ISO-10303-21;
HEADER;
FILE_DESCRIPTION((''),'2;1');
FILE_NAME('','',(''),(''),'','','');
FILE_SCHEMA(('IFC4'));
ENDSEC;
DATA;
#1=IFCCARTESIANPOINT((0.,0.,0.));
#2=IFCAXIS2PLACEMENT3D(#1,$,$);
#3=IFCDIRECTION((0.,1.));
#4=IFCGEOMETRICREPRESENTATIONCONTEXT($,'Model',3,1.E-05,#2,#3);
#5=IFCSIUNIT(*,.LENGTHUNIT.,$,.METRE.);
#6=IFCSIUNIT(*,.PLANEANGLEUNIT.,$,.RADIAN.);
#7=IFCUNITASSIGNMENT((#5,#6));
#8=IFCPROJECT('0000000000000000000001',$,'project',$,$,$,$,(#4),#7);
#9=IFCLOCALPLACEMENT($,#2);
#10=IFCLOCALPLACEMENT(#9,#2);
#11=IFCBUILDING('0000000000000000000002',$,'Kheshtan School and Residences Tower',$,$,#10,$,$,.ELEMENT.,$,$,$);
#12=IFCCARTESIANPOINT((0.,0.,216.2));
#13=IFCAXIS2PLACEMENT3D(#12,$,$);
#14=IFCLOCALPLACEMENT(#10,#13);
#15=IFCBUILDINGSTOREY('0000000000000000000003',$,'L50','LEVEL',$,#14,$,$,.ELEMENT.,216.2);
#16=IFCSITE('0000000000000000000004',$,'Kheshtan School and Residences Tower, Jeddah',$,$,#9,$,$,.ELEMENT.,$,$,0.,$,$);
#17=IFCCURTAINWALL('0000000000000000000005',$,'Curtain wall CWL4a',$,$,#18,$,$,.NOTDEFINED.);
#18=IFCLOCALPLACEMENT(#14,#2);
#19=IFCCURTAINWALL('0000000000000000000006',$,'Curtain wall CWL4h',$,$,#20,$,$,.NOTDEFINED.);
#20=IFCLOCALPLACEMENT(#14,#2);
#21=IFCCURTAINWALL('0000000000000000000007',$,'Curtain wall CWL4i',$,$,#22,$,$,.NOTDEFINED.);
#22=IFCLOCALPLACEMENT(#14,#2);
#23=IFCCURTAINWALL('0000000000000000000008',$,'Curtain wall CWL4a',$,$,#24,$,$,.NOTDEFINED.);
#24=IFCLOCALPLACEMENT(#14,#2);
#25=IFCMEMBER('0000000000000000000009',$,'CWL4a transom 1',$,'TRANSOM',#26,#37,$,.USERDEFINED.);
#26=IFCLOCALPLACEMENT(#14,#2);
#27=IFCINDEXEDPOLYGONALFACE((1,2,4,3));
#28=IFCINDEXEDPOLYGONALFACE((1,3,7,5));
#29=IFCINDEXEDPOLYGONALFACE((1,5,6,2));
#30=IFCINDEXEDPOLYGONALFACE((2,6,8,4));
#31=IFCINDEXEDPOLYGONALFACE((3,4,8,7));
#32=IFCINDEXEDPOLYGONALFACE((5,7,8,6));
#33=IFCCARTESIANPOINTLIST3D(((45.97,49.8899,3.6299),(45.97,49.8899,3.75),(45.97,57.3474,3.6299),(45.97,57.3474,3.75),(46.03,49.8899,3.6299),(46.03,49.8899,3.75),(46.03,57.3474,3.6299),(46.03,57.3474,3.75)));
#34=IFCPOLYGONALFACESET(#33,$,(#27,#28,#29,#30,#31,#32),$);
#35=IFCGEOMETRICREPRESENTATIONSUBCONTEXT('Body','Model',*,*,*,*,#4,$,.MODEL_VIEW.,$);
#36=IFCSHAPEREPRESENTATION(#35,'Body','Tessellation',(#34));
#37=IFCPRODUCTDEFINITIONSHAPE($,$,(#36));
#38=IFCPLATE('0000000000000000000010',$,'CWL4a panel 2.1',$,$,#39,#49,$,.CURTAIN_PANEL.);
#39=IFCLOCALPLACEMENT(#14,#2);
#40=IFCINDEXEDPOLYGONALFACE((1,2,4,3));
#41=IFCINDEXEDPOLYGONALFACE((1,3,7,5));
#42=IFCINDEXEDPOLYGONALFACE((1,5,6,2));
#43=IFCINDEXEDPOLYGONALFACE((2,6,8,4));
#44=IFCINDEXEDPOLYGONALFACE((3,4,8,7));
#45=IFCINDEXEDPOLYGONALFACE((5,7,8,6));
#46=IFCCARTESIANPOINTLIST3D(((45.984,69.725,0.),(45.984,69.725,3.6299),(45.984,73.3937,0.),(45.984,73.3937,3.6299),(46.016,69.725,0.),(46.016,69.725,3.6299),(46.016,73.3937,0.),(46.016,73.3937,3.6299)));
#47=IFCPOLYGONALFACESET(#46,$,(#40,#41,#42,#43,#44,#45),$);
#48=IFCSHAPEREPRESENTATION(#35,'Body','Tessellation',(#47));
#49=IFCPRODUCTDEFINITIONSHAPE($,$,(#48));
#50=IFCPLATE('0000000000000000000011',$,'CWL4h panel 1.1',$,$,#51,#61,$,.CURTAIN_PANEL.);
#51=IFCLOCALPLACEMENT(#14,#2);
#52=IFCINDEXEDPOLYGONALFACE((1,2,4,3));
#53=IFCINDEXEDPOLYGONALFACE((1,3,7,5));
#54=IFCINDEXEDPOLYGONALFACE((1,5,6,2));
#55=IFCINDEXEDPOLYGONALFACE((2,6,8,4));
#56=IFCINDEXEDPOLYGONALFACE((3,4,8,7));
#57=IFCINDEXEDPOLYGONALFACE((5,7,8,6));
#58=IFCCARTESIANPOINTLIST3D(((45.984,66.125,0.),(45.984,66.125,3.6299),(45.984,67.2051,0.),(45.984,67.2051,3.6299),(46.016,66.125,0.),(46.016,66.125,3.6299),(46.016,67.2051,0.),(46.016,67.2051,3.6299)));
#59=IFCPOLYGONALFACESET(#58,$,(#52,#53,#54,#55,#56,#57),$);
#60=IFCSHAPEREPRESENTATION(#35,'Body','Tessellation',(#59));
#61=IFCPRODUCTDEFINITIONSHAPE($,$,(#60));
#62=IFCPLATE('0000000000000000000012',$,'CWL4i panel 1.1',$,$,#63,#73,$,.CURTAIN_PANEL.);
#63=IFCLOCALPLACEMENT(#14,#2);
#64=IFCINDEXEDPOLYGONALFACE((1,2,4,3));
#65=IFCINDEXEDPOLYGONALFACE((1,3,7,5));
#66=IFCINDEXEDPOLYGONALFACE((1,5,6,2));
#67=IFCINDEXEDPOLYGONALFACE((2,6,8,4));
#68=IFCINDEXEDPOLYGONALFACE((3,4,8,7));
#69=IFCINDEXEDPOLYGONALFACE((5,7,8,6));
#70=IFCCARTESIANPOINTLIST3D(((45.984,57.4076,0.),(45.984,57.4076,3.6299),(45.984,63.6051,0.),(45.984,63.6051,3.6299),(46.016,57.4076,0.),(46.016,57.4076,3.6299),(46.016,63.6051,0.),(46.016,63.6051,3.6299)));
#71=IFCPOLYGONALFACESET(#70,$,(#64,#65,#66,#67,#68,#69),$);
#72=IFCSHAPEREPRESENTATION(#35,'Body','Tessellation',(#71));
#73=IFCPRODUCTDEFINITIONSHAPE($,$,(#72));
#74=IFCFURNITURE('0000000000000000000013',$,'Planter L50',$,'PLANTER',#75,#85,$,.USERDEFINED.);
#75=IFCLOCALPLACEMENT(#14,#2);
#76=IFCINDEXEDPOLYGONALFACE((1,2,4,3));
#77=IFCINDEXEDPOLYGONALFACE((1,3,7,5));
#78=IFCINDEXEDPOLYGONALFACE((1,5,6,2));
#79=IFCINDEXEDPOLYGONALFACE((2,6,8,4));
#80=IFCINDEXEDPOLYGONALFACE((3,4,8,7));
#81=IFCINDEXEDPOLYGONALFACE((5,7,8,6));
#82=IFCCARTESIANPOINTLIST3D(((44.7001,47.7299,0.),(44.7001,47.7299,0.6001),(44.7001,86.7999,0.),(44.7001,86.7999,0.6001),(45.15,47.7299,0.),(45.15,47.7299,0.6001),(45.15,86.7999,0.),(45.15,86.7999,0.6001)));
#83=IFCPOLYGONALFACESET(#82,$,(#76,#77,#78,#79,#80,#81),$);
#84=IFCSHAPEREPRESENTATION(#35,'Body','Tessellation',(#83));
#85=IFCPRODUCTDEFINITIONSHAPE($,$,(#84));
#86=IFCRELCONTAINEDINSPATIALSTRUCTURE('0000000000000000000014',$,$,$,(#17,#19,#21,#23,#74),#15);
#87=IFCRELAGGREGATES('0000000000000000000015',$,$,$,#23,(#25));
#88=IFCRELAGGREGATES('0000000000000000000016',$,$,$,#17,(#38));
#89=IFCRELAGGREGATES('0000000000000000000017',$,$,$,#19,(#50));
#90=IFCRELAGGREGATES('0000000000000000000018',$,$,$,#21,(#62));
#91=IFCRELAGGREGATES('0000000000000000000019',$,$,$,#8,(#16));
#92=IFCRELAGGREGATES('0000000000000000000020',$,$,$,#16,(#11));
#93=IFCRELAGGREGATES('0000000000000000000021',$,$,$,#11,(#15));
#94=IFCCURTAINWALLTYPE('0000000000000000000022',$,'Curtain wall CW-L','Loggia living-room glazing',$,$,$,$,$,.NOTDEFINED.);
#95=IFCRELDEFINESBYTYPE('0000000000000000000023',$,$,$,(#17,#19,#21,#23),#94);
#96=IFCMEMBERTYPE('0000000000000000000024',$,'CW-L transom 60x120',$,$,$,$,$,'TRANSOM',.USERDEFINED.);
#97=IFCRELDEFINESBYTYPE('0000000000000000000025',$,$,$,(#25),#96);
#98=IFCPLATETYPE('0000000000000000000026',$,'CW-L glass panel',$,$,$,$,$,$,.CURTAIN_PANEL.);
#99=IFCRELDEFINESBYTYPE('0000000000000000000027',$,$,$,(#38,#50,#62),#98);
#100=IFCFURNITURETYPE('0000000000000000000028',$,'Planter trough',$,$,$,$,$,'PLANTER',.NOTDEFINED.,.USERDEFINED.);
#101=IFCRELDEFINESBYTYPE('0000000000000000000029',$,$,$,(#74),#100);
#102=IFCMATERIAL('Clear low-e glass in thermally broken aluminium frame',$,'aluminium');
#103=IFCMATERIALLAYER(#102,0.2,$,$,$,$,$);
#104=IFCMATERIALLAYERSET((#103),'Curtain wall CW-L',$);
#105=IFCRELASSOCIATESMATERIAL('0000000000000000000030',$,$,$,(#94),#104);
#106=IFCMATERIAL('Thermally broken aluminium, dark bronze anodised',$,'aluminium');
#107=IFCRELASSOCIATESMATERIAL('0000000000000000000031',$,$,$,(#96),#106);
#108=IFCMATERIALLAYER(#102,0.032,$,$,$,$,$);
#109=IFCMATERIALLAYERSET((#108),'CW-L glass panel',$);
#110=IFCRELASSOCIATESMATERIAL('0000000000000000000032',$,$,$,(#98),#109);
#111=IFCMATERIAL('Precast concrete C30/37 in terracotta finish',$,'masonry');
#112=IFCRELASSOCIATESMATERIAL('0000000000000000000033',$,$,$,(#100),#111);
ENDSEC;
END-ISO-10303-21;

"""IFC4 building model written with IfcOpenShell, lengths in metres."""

from ifc_helpers import new_model, si_unit, direction, frame, origin, origin_2d, place, context, subcontext, project, spatial, rectangle, extrude, material, layer, layer_set, material_profile, profile_set, type_object, element, aggregate, save


model = new_model("IFC4")

# Units and contexts
model_context = context("Model", 3, precision=1e-05, world=origin(), true_north=direction((0.0, 1.0)))
body_context = subcontext(model_context, "Body", "Model", "MODEL_VIEW")
ifc_project = project(units=[si_unit("LENGTHUNIT", "METRE"), si_unit("PLANEANGLEUNIT", "RADIAN")], contexts=[model_context])

# Site, building, storey
site_placement = place(None, origin())
site = spatial("IfcSite", under=ifc_project, at=site_placement, Name="Kheshtan School and Residences Tower, Jeddah", CompositionType="ELEMENT", RefElevation=0.0)
building_placement = place(site_placement, origin())
building = spatial("IfcBuilding", under=site, at=building_placement, Name="Kheshtan School and Residences Tower", CompositionType="ELEMENT")
storey_placement = place(building_placement, frame((0.0, 0.0, 216.2)))
storey = spatial("IfcBuildingStorey", under=building, at=storey_placement, Name="L50", Description="LEVEL", CompositionType="ELEMENT", Elevation=216.2)

# Curtain wall
ifc_material_1 = material(Name="Clear low-e glass in thermally broken aluminium frame", Category="aluminium")
ifc_layer_1 = layer(ifc_material_1, 0.2)
ifc_layer_set_1 = layer_set([ifc_layer_1], Name="Curtain wall CW-L")
curtain_wall_type = type_object("IfcCurtainWallType", Name="Curtain wall CW-L", Description="Loggia living-room glazing", PredefinedType="NOTDEFINED", material=ifc_layer_set_1)
curtain_wall_1_placement = place(storey_placement, origin())
curtain_wall_1 = element("IfcCurtainWall", 1, at=curtain_wall_1_placement, inside=storey, type_object=curtain_wall_type, Name="Curtain wall CWL4a", PredefinedType="NOTDEFINED")
ifc_material_2 = material(Name="Thermally broken aluminium, dark bronze anodised", Category="aluminium")

# Curtain walls
curtain_wall_2_placement = place(storey_placement, origin())
curtain_wall_2 = element("IfcCurtainWall", 2, at=curtain_wall_2_placement, inside=storey, type_object=curtain_wall_type, Name="Curtain wall CWL4h", PredefinedType="NOTDEFINED")
curtain_wall_3_placement = place(storey_placement, origin())
curtain_wall_3 = element("IfcCurtainWall", 3, at=curtain_wall_3_placement, inside=storey, type_object=curtain_wall_type, Name="Curtain wall CWL4i", PredefinedType="NOTDEFINED")

# Shared definitions
ifc_material_profile_1 = material_profile(ifc_material_2, rectangle(XDim=0.0601, YDim=0.1201, at=origin_2d()), Name="CW-L transom 60x120")
ifc_profile_set_1 = profile_set([ifc_material_profile_1], Name="Thermally broken aluminium, dark bronze anodised")
member_type_1 = type_object("IfcMemberType", Name="CW-L transom 60x120", ElementType="TRANSOM", PredefinedType="USERDEFINED", material=ifc_profile_set_1)

# Curtain wall, member
curtain_wall_4_placement = place(storey_placement, origin())
curtain_wall_4 = element("IfcCurtainWall", 4, at=curtain_wall_4_placement, inside=storey, type_object=curtain_wall_type, Name="Curtain wall CWL4a", PredefinedType="NOTDEFINED")
member_1_placement = place(storey_placement, frame((46.0, 57.3474, 3.6899), z_axis=(0.0, -1.0, 0.0), x_axis=(1.0, 0.0, 0.0)))
member_1 = element("IfcMember", 5, at=member_1_placement, type_object=member_type_1, Name="CWL4a transom 1", ObjectType="TRANSOM", PredefinedType="USERDEFINED", context=body_context, shape_type="SweptSolid", body=[
    extrude(rectangle(XDim=0.0601, YDim=0.1201, at=origin_2d()), origin(), (0.0, 0.0, 1.0), 7.4575),
])
aggregate(curtain_wall_4, [member_1])

# Plates
ifc_layer_2 = layer(ifc_material_1, 0.032)
ifc_layer_set_2 = layer_set([ifc_layer_2], Name="CW-L glass panel")
plate_type = type_object("IfcPlateType", Name="CW-L glass panel", PredefinedType="CURTAIN_PANEL", material=ifc_layer_set_2)
plate_1_placement = place(storey_placement, frame((46.0, 71.5593, 0.0), z_axis=(0.0, 0.0, 1.0), x_axis=(0.0, -1.0, 0.0)))
plate_1 = element("IfcPlate", 6, at=plate_1_placement, type_object=plate_type, Name="CWL4a panel 2.1", PredefinedType="CURTAIN_PANEL", context=body_context, shape_type="SweptSolid", body=[
    extrude(rectangle(XDim=3.6687, YDim=0.032, at=origin_2d()), origin(), (0.0, 0.0, 1.0), 3.6299),
])
aggregate(curtain_wall_1, [plate_1])
plate_2_placement = place(storey_placement, frame((46.0, 66.665, 0.0), z_axis=(0.0, 0.0, 1.0), x_axis=(0.0, -1.0, 0.0)))
plate_2 = element("IfcPlate", 7, at=plate_2_placement, type_object=plate_type, Name="CWL4h panel 1.1", PredefinedType="CURTAIN_PANEL", context=body_context, shape_type="SweptSolid", body=[
    extrude(rectangle(XDim=1.0801, YDim=0.032, at=origin_2d()), origin(), (0.0, 0.0, 1.0), 3.6299),
])
aggregate(curtain_wall_2, [plate_2])
plate_3_placement = place(storey_placement, frame((46.0, 60.5063, 0.0), z_axis=(0.0, 0.0, 1.0), x_axis=(0.0, -1.0, 0.0)))
plate_3 = element("IfcPlate", 8, at=plate_3_placement, type_object=plate_type, Name="CWL4i panel 1.1", PredefinedType="CURTAIN_PANEL", context=body_context, shape_type="SweptSolid", body=[
    extrude(rectangle(XDim=6.1975, YDim=0.032, at=origin_2d()), origin(), (0.0, 0.0, 1.0), 3.6299),
])
aggregate(curtain_wall_3, [plate_3])

# Furniture
ifc_material_3 = material(Name="Precast concrete C30/37 in terracotta finish", Category="masonry")
furniture_type = type_object("IfcFurnitureType", Name="Planter trough", ElementType="PLANTER", AssemblyPlace="NOTDEFINED", PredefinedType="USERDEFINED", material=ifc_material_3)
furniture_placement = place(storey_placement, frame((44.925, 67.2649, 0.0), z_axis=(0.0, 0.0, 1.0), x_axis=(0.0, -1.0, 0.0)))
element("IfcFurniture", 9, at=furniture_placement, inside=storey, type_object=furniture_type, Name="Planter L50", ObjectType="PLANTER", PredefinedType="USERDEFINED", context=body_context, shape_type="SweptSolid", body=[
    extrude(rectangle(XDim=39.0701, YDim=0.45, at=origin_2d()), origin(), (0.0, 0.0, 1.0), 0.6001),
])

save(model, "model.ifc")
